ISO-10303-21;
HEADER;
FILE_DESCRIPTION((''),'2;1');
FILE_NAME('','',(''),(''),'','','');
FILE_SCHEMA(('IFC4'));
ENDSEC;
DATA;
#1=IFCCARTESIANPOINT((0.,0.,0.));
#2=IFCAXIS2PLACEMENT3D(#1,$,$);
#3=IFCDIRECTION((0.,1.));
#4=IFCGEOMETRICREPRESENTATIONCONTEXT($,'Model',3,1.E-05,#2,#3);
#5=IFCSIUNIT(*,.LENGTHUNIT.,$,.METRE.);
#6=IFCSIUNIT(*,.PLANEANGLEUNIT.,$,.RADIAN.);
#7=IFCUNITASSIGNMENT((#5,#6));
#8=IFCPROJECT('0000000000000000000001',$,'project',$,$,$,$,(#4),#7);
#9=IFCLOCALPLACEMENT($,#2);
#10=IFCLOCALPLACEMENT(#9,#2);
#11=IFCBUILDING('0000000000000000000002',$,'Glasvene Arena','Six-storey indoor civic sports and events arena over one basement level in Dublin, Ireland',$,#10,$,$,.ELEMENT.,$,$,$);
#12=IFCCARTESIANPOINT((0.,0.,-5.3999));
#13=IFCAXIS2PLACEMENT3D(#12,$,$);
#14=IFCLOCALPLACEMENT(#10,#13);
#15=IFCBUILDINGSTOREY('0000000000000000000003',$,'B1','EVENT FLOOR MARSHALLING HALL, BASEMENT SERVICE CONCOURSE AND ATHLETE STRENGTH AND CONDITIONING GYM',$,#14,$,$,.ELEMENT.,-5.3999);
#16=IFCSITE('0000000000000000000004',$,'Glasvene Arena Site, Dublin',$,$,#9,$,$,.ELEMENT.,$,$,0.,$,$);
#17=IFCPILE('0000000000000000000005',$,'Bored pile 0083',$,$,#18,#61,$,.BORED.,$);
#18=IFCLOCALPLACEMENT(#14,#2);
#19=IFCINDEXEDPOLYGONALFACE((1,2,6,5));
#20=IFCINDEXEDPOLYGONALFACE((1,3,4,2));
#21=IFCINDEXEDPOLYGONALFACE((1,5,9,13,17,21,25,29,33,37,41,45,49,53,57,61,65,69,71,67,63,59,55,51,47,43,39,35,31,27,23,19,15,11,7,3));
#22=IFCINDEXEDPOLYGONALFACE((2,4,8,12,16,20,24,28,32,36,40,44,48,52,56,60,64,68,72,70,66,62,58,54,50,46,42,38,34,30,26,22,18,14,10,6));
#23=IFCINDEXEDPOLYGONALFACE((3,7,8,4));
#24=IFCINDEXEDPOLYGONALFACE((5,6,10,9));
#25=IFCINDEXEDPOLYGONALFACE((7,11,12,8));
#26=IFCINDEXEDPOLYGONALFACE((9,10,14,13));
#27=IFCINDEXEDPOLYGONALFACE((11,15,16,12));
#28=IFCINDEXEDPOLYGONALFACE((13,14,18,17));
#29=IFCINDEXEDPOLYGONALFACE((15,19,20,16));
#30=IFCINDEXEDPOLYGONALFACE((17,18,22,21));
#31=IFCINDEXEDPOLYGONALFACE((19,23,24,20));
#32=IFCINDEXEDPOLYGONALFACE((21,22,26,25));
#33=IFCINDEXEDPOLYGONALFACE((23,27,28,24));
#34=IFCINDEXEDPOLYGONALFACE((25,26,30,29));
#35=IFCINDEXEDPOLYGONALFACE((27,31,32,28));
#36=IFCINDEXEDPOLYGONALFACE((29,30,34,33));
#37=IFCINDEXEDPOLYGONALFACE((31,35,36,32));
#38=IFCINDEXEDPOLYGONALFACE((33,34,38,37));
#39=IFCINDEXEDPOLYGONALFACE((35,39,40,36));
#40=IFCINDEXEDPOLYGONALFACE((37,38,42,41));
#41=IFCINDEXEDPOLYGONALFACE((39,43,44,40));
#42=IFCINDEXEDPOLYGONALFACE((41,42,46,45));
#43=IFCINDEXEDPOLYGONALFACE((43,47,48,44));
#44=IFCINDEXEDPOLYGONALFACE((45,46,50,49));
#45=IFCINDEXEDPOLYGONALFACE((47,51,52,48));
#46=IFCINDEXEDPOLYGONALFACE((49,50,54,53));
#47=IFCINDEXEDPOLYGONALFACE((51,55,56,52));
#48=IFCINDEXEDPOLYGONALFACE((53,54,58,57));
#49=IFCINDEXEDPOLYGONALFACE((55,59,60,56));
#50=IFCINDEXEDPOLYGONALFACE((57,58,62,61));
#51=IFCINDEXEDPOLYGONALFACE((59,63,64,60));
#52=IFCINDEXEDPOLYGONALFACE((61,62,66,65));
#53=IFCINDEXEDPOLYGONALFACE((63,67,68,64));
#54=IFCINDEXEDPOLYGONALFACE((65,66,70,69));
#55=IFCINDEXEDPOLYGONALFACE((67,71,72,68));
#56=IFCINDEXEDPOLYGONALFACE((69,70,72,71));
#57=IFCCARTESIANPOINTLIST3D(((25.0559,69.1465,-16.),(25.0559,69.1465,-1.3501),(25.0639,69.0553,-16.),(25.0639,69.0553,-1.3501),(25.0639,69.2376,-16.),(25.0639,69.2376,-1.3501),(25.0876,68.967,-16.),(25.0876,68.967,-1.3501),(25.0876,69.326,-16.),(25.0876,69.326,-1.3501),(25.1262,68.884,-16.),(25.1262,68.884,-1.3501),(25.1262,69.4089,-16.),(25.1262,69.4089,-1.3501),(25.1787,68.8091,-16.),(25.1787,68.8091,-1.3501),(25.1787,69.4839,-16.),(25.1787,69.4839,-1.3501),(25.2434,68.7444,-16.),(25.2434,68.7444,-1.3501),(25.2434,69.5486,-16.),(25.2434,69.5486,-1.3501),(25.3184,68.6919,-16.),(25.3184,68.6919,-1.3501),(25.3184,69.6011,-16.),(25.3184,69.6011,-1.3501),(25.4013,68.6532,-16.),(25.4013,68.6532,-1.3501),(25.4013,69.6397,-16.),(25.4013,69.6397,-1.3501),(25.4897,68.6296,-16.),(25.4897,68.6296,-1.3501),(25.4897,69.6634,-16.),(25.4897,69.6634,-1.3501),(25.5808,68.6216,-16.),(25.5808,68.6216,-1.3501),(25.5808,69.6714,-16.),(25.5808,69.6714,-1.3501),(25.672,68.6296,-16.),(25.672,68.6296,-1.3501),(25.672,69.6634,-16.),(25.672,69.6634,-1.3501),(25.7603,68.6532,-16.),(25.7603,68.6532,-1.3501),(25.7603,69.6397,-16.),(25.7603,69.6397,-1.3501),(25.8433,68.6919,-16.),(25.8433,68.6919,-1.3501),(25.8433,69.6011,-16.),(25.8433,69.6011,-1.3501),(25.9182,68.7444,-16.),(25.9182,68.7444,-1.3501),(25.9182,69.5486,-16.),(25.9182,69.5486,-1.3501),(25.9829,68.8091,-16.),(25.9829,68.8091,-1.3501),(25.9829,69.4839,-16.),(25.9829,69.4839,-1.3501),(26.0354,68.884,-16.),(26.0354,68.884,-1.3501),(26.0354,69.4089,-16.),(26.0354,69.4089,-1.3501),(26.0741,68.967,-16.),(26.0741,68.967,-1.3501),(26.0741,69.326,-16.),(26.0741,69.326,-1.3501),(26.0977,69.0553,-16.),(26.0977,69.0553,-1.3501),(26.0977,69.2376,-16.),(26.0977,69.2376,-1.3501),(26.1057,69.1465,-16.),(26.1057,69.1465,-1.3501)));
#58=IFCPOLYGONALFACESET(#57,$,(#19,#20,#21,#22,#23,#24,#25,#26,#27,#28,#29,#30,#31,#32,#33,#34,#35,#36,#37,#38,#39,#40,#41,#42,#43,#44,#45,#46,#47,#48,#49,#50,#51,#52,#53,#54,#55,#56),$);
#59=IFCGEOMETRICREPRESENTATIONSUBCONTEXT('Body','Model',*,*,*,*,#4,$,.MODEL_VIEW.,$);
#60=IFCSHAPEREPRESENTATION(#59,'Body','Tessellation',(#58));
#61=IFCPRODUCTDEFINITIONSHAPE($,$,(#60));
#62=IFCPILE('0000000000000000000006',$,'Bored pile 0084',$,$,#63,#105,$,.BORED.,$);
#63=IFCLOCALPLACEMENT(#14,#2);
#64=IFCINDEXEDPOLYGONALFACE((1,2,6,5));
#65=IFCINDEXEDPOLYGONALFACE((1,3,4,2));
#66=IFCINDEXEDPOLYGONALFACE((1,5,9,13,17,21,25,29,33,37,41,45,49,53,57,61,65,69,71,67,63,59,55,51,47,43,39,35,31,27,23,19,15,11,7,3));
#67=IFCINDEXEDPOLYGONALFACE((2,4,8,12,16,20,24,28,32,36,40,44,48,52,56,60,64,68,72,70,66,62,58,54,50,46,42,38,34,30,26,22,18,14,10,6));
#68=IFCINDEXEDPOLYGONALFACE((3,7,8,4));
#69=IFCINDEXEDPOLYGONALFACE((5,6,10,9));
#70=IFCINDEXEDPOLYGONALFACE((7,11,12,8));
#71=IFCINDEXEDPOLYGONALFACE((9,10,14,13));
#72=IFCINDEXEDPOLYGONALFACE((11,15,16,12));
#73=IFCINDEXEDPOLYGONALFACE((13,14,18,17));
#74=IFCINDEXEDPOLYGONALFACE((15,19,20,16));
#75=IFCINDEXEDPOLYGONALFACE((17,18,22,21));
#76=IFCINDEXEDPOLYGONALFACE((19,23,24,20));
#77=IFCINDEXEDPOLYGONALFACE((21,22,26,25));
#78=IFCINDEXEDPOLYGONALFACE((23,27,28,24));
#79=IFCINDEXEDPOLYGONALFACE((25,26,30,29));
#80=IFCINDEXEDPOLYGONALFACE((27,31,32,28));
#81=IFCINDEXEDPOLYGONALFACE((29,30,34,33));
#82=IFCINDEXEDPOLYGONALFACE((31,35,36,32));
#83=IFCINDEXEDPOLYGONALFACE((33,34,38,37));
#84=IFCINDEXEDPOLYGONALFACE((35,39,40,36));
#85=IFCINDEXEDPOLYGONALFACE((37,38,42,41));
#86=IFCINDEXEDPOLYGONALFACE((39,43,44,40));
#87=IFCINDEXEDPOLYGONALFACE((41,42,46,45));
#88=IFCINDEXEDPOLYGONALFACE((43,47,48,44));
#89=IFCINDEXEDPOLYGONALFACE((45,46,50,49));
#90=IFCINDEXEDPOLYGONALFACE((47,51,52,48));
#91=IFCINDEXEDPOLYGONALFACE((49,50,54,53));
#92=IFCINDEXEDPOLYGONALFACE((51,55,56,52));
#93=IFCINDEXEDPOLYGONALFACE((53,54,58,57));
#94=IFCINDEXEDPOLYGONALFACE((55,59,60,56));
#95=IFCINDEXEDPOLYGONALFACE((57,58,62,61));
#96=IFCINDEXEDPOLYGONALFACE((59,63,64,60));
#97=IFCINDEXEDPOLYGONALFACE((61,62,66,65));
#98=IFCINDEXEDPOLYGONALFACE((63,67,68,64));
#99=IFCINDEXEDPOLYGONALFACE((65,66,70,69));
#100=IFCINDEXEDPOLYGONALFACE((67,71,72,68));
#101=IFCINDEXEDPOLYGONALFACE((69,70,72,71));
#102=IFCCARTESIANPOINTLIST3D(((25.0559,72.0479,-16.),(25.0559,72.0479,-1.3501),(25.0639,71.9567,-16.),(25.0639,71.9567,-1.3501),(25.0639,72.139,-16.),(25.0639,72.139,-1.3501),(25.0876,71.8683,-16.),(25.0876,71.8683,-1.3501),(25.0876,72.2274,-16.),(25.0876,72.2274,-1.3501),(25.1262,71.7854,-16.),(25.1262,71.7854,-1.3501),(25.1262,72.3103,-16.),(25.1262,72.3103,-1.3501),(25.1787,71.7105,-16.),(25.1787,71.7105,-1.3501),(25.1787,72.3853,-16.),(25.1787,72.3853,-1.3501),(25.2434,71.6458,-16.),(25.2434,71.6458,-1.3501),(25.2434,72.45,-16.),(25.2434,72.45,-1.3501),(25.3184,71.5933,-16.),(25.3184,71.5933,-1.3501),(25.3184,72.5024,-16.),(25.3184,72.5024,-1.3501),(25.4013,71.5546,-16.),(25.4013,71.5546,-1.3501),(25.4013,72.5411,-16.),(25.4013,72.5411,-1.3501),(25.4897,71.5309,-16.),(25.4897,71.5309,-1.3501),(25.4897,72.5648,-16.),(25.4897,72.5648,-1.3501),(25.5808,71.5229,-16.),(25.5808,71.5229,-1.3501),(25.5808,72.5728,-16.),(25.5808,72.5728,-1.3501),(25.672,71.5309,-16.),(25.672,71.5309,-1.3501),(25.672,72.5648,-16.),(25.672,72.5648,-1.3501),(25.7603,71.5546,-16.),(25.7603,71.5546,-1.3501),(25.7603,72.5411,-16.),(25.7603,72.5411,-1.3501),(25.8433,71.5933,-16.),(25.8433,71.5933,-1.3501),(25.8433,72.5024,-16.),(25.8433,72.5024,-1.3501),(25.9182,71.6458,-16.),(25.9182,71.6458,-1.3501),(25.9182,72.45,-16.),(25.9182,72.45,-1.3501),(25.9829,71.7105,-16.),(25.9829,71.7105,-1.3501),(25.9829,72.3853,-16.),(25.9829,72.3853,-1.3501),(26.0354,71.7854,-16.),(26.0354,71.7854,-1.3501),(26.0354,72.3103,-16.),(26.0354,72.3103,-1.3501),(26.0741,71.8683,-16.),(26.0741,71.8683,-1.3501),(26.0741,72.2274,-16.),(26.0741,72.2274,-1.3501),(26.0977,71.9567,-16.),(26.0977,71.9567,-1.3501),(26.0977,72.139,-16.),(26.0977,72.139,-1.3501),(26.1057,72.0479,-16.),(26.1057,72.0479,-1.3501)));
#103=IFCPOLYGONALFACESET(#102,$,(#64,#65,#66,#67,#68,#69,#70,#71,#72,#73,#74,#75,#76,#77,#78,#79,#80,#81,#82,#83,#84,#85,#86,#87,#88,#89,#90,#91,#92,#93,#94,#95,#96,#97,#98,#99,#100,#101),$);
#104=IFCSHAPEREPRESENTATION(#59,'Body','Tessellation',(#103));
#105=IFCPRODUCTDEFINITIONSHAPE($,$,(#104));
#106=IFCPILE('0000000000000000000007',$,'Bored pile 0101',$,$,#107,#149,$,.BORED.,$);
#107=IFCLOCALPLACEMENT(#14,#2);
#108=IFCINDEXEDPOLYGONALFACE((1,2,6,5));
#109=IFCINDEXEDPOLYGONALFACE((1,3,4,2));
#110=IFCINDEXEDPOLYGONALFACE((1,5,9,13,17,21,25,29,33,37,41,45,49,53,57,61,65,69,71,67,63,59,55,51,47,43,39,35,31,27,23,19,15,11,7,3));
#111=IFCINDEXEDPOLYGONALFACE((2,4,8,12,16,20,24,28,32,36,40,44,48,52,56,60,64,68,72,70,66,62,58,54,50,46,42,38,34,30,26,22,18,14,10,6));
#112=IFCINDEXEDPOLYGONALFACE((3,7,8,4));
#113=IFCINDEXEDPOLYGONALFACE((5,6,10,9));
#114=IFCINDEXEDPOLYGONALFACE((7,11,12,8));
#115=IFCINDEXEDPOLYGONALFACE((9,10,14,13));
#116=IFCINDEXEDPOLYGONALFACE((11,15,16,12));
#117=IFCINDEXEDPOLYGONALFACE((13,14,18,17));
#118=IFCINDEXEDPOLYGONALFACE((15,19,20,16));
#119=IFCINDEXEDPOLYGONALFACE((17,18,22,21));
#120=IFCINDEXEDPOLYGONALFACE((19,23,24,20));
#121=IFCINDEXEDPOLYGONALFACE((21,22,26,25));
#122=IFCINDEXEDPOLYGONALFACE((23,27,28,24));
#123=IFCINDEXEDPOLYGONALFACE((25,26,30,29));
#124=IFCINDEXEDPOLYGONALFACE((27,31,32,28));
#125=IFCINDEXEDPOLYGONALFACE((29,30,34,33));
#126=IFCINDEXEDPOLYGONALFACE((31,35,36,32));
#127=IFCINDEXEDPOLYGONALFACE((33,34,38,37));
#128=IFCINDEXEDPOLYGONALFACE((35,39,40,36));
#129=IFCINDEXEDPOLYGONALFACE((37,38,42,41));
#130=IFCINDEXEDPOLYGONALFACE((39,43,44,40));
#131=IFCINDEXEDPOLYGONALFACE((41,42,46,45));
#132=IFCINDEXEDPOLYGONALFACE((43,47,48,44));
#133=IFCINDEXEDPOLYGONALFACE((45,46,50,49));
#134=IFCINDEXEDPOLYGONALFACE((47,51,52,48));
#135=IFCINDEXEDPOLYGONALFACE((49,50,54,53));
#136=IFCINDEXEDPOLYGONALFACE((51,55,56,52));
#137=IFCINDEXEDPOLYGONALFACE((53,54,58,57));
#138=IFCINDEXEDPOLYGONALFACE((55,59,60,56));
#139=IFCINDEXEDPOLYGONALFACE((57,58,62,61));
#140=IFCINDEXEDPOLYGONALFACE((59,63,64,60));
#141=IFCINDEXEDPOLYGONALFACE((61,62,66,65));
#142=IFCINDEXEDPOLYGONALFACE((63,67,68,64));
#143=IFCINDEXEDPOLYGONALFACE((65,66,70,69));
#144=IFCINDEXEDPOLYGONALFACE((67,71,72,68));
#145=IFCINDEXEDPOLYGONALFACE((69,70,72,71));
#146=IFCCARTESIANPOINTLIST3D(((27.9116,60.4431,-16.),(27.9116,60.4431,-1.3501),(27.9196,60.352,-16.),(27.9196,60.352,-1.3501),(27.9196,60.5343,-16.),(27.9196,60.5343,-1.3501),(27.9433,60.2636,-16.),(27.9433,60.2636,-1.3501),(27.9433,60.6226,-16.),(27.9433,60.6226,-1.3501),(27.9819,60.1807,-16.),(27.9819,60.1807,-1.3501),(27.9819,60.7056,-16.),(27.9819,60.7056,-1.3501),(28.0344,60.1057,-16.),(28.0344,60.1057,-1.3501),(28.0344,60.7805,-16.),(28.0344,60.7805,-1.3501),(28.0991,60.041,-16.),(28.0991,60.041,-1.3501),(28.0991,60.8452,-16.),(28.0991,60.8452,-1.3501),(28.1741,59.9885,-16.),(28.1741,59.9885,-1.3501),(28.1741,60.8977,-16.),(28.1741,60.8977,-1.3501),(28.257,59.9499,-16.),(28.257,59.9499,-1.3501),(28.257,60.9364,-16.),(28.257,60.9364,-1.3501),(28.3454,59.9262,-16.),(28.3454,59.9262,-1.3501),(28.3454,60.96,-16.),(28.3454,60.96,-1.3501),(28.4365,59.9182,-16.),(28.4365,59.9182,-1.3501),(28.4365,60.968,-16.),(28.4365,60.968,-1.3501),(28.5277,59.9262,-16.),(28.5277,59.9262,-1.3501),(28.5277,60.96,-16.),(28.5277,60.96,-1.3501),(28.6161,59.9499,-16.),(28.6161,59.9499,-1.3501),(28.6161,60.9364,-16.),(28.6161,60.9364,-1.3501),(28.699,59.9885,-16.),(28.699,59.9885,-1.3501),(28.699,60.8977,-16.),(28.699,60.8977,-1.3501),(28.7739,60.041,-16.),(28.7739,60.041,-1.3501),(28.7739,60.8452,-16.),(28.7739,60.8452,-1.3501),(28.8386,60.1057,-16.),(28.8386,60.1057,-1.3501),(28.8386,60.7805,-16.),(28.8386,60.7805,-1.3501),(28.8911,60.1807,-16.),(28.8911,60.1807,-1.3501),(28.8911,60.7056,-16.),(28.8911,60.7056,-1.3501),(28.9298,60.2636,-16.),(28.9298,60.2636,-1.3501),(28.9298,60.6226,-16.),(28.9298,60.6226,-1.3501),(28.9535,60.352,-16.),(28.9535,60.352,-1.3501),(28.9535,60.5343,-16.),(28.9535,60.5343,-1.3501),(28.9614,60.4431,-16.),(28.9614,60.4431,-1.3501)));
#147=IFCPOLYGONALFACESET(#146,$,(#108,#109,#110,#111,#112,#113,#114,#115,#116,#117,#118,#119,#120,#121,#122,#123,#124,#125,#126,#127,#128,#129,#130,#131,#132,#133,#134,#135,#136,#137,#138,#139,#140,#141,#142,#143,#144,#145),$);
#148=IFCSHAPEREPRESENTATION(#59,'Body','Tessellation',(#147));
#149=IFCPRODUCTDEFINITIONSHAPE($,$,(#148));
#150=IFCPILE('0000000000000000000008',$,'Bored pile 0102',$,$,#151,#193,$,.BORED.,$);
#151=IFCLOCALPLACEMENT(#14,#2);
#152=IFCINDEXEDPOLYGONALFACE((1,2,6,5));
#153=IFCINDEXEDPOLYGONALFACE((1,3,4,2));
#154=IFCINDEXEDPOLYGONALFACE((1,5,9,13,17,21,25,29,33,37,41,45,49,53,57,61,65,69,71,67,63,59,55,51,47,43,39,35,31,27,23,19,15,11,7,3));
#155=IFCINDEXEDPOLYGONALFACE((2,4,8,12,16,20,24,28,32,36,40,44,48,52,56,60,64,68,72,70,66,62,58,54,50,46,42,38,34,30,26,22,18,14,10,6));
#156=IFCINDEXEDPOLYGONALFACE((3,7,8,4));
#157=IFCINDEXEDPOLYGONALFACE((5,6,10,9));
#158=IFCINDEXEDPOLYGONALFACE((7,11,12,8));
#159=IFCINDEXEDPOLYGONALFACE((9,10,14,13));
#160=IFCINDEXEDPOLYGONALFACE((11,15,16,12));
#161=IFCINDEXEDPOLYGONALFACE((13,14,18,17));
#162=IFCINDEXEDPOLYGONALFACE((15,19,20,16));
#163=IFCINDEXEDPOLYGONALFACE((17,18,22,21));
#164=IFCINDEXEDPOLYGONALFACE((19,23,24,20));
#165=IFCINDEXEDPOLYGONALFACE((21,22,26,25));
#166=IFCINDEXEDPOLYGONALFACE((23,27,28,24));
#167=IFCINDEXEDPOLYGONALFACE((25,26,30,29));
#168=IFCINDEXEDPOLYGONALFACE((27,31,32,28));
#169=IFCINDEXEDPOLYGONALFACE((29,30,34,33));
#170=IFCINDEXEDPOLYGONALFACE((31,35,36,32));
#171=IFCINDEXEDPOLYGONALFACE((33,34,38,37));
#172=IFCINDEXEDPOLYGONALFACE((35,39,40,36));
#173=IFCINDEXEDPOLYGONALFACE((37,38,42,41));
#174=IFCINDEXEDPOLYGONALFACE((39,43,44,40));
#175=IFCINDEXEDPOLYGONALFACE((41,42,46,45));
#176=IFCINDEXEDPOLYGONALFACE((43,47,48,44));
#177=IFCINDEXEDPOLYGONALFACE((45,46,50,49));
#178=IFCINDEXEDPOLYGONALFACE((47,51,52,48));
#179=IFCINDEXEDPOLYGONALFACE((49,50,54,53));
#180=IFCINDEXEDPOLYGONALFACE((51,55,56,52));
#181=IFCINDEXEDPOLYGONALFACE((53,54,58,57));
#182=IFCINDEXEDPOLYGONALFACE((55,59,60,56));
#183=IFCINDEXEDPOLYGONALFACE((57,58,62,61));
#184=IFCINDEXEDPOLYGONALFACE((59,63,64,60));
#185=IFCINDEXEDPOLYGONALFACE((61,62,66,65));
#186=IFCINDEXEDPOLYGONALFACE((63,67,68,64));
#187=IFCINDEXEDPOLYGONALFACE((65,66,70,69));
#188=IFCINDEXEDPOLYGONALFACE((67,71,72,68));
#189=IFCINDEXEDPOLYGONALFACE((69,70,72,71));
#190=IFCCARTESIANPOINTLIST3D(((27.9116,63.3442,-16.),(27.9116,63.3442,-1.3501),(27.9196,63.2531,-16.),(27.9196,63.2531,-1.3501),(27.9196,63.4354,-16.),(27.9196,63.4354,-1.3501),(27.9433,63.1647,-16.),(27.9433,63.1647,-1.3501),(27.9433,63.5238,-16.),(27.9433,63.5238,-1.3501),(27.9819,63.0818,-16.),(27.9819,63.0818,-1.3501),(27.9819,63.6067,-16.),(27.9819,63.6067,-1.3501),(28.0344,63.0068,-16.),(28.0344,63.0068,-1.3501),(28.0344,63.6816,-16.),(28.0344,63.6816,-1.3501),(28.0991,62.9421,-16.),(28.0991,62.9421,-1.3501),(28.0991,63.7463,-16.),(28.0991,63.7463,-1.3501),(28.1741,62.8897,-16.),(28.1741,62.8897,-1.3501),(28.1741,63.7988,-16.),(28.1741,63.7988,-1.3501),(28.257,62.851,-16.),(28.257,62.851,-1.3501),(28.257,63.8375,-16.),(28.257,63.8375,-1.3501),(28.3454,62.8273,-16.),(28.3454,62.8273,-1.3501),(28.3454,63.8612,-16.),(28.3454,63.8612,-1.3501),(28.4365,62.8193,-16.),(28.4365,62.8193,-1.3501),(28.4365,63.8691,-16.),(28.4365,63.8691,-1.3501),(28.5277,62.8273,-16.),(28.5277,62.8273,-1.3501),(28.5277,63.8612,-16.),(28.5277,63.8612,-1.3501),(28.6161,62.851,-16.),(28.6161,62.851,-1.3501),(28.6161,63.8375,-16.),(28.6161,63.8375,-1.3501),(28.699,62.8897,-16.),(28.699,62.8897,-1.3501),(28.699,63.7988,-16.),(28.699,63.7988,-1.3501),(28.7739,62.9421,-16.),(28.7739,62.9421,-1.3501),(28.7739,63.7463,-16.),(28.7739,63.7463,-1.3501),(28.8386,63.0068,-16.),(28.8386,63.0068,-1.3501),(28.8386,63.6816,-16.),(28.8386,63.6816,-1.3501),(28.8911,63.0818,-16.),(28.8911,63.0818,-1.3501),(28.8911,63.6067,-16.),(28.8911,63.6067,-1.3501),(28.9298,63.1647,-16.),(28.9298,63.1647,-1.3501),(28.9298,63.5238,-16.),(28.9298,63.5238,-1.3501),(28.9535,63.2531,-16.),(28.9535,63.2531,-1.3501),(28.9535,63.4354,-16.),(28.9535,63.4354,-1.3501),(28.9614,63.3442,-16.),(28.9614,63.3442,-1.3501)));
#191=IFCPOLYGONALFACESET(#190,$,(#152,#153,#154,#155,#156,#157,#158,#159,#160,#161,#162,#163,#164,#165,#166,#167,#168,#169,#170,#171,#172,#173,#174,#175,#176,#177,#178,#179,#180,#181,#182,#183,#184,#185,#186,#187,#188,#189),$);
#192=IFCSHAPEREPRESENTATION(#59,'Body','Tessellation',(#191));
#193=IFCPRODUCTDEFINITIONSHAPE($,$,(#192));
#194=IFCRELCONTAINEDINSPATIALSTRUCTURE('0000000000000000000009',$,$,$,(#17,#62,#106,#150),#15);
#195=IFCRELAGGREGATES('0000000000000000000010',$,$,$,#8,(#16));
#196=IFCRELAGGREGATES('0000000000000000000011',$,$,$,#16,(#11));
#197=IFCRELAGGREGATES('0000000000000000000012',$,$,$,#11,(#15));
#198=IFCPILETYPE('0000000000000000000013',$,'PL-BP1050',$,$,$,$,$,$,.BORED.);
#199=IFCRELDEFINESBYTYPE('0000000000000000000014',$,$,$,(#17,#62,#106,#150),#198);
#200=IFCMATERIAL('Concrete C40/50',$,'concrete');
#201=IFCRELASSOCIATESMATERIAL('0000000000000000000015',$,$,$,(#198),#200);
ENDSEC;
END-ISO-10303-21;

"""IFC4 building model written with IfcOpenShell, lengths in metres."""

from ifc_helpers import new_model, si_unit, direction, frame, origin, origin_2d, place, context, subcontext, project, spatial, circle, extrude, material, material_profile, profile_set, type_object, element, save


model = new_model("IFC4")

# Units and contexts
model_context = context("Model", 3, precision=1e-05, world=origin(), true_north=direction((0.0, 1.0)))
body_context = subcontext(model_context, "Body", "Model", "MODEL_VIEW")
ifc_project = project(units=[si_unit("LENGTHUNIT", "METRE"), si_unit("PLANEANGLEUNIT", "RADIAN")], contexts=[model_context])

# Site, building, storey
site_placement = place(None, origin())
site = spatial("IfcSite", under=ifc_project, at=site_placement, Name="Glasvene Arena Site, Dublin", CompositionType="ELEMENT", RefElevation=0.0)
building_placement = place(site_placement, origin())
building = spatial("IfcBuilding", under=site, at=building_placement, Name="Glasvene Arena", Description="Six-storey indoor civic sports and events arena over one basement level in Dublin, Ireland", CompositionType="ELEMENT")
storey_placement = place(building_placement, frame((0.0, 0.0, -5.3999)))
storey = spatial("IfcBuildingStorey", under=building, at=storey_placement, Name="B1", Description="EVENT FLOOR MARSHALLING HALL, BASEMENT SERVICE CONCOURSE AND ATHLETE STRENGTH AND CONDITIONING GYM", CompositionType="ELEMENT", Elevation=-5.3999)

# Shared definitions
ifc_material_1 = material(Name="Concrete C40/50", Category="concrete")

# Piles
ifc_material_profile_1 = material_profile(ifc_material_1, circle(Radius=0.5249, at=origin_2d()), Name="BORED PILE 1050")
ifc_profile_set_1 = profile_set([ifc_material_profile_1], Name="Concrete C40/50")
pile_type = type_object("IfcPileType", Name="PL-BP1050", PredefinedType="BORED", material=ifc_profile_set_1)
for number, where, z_axis, x_axis, name in (
    (1, (25.5808, 69.1465, -1.3501), (0.0, 0.0, -1.0), (1.0, 0.0, 0.0), "Bored pile 0083"),
    (2, (25.5808, 72.0479, -1.3501), (0.0, 0.0, -1.0), (1.0, 0.0, 0.0), "Bored pile 0084"),
    (3, (28.4365, 60.4431, -1.3501), (0.0, 0.0, -1.0), (1.0, 0.0, 0.0), "Bored pile 0101"),
    (4, (28.4365, 63.3442, -1.3501), (0.0, 0.0, -1.0), (1.0, 0.0, 0.0), "Bored pile 0102"),
):
    element("IfcPile", number, at=place(storey_placement, frame(where, z_axis=z_axis, x_axis=x_axis)), inside=storey, type_object=pile_type, Name=name, PredefinedType="BORED", context=body_context, shape_type="SweptSolid", body=[
        extrude(circle(Radius=0.5249, at=origin_2d()), origin(), (0.0, 0.0, 1.0), 14.6499),
    ])

save(model, "model.ifc")
